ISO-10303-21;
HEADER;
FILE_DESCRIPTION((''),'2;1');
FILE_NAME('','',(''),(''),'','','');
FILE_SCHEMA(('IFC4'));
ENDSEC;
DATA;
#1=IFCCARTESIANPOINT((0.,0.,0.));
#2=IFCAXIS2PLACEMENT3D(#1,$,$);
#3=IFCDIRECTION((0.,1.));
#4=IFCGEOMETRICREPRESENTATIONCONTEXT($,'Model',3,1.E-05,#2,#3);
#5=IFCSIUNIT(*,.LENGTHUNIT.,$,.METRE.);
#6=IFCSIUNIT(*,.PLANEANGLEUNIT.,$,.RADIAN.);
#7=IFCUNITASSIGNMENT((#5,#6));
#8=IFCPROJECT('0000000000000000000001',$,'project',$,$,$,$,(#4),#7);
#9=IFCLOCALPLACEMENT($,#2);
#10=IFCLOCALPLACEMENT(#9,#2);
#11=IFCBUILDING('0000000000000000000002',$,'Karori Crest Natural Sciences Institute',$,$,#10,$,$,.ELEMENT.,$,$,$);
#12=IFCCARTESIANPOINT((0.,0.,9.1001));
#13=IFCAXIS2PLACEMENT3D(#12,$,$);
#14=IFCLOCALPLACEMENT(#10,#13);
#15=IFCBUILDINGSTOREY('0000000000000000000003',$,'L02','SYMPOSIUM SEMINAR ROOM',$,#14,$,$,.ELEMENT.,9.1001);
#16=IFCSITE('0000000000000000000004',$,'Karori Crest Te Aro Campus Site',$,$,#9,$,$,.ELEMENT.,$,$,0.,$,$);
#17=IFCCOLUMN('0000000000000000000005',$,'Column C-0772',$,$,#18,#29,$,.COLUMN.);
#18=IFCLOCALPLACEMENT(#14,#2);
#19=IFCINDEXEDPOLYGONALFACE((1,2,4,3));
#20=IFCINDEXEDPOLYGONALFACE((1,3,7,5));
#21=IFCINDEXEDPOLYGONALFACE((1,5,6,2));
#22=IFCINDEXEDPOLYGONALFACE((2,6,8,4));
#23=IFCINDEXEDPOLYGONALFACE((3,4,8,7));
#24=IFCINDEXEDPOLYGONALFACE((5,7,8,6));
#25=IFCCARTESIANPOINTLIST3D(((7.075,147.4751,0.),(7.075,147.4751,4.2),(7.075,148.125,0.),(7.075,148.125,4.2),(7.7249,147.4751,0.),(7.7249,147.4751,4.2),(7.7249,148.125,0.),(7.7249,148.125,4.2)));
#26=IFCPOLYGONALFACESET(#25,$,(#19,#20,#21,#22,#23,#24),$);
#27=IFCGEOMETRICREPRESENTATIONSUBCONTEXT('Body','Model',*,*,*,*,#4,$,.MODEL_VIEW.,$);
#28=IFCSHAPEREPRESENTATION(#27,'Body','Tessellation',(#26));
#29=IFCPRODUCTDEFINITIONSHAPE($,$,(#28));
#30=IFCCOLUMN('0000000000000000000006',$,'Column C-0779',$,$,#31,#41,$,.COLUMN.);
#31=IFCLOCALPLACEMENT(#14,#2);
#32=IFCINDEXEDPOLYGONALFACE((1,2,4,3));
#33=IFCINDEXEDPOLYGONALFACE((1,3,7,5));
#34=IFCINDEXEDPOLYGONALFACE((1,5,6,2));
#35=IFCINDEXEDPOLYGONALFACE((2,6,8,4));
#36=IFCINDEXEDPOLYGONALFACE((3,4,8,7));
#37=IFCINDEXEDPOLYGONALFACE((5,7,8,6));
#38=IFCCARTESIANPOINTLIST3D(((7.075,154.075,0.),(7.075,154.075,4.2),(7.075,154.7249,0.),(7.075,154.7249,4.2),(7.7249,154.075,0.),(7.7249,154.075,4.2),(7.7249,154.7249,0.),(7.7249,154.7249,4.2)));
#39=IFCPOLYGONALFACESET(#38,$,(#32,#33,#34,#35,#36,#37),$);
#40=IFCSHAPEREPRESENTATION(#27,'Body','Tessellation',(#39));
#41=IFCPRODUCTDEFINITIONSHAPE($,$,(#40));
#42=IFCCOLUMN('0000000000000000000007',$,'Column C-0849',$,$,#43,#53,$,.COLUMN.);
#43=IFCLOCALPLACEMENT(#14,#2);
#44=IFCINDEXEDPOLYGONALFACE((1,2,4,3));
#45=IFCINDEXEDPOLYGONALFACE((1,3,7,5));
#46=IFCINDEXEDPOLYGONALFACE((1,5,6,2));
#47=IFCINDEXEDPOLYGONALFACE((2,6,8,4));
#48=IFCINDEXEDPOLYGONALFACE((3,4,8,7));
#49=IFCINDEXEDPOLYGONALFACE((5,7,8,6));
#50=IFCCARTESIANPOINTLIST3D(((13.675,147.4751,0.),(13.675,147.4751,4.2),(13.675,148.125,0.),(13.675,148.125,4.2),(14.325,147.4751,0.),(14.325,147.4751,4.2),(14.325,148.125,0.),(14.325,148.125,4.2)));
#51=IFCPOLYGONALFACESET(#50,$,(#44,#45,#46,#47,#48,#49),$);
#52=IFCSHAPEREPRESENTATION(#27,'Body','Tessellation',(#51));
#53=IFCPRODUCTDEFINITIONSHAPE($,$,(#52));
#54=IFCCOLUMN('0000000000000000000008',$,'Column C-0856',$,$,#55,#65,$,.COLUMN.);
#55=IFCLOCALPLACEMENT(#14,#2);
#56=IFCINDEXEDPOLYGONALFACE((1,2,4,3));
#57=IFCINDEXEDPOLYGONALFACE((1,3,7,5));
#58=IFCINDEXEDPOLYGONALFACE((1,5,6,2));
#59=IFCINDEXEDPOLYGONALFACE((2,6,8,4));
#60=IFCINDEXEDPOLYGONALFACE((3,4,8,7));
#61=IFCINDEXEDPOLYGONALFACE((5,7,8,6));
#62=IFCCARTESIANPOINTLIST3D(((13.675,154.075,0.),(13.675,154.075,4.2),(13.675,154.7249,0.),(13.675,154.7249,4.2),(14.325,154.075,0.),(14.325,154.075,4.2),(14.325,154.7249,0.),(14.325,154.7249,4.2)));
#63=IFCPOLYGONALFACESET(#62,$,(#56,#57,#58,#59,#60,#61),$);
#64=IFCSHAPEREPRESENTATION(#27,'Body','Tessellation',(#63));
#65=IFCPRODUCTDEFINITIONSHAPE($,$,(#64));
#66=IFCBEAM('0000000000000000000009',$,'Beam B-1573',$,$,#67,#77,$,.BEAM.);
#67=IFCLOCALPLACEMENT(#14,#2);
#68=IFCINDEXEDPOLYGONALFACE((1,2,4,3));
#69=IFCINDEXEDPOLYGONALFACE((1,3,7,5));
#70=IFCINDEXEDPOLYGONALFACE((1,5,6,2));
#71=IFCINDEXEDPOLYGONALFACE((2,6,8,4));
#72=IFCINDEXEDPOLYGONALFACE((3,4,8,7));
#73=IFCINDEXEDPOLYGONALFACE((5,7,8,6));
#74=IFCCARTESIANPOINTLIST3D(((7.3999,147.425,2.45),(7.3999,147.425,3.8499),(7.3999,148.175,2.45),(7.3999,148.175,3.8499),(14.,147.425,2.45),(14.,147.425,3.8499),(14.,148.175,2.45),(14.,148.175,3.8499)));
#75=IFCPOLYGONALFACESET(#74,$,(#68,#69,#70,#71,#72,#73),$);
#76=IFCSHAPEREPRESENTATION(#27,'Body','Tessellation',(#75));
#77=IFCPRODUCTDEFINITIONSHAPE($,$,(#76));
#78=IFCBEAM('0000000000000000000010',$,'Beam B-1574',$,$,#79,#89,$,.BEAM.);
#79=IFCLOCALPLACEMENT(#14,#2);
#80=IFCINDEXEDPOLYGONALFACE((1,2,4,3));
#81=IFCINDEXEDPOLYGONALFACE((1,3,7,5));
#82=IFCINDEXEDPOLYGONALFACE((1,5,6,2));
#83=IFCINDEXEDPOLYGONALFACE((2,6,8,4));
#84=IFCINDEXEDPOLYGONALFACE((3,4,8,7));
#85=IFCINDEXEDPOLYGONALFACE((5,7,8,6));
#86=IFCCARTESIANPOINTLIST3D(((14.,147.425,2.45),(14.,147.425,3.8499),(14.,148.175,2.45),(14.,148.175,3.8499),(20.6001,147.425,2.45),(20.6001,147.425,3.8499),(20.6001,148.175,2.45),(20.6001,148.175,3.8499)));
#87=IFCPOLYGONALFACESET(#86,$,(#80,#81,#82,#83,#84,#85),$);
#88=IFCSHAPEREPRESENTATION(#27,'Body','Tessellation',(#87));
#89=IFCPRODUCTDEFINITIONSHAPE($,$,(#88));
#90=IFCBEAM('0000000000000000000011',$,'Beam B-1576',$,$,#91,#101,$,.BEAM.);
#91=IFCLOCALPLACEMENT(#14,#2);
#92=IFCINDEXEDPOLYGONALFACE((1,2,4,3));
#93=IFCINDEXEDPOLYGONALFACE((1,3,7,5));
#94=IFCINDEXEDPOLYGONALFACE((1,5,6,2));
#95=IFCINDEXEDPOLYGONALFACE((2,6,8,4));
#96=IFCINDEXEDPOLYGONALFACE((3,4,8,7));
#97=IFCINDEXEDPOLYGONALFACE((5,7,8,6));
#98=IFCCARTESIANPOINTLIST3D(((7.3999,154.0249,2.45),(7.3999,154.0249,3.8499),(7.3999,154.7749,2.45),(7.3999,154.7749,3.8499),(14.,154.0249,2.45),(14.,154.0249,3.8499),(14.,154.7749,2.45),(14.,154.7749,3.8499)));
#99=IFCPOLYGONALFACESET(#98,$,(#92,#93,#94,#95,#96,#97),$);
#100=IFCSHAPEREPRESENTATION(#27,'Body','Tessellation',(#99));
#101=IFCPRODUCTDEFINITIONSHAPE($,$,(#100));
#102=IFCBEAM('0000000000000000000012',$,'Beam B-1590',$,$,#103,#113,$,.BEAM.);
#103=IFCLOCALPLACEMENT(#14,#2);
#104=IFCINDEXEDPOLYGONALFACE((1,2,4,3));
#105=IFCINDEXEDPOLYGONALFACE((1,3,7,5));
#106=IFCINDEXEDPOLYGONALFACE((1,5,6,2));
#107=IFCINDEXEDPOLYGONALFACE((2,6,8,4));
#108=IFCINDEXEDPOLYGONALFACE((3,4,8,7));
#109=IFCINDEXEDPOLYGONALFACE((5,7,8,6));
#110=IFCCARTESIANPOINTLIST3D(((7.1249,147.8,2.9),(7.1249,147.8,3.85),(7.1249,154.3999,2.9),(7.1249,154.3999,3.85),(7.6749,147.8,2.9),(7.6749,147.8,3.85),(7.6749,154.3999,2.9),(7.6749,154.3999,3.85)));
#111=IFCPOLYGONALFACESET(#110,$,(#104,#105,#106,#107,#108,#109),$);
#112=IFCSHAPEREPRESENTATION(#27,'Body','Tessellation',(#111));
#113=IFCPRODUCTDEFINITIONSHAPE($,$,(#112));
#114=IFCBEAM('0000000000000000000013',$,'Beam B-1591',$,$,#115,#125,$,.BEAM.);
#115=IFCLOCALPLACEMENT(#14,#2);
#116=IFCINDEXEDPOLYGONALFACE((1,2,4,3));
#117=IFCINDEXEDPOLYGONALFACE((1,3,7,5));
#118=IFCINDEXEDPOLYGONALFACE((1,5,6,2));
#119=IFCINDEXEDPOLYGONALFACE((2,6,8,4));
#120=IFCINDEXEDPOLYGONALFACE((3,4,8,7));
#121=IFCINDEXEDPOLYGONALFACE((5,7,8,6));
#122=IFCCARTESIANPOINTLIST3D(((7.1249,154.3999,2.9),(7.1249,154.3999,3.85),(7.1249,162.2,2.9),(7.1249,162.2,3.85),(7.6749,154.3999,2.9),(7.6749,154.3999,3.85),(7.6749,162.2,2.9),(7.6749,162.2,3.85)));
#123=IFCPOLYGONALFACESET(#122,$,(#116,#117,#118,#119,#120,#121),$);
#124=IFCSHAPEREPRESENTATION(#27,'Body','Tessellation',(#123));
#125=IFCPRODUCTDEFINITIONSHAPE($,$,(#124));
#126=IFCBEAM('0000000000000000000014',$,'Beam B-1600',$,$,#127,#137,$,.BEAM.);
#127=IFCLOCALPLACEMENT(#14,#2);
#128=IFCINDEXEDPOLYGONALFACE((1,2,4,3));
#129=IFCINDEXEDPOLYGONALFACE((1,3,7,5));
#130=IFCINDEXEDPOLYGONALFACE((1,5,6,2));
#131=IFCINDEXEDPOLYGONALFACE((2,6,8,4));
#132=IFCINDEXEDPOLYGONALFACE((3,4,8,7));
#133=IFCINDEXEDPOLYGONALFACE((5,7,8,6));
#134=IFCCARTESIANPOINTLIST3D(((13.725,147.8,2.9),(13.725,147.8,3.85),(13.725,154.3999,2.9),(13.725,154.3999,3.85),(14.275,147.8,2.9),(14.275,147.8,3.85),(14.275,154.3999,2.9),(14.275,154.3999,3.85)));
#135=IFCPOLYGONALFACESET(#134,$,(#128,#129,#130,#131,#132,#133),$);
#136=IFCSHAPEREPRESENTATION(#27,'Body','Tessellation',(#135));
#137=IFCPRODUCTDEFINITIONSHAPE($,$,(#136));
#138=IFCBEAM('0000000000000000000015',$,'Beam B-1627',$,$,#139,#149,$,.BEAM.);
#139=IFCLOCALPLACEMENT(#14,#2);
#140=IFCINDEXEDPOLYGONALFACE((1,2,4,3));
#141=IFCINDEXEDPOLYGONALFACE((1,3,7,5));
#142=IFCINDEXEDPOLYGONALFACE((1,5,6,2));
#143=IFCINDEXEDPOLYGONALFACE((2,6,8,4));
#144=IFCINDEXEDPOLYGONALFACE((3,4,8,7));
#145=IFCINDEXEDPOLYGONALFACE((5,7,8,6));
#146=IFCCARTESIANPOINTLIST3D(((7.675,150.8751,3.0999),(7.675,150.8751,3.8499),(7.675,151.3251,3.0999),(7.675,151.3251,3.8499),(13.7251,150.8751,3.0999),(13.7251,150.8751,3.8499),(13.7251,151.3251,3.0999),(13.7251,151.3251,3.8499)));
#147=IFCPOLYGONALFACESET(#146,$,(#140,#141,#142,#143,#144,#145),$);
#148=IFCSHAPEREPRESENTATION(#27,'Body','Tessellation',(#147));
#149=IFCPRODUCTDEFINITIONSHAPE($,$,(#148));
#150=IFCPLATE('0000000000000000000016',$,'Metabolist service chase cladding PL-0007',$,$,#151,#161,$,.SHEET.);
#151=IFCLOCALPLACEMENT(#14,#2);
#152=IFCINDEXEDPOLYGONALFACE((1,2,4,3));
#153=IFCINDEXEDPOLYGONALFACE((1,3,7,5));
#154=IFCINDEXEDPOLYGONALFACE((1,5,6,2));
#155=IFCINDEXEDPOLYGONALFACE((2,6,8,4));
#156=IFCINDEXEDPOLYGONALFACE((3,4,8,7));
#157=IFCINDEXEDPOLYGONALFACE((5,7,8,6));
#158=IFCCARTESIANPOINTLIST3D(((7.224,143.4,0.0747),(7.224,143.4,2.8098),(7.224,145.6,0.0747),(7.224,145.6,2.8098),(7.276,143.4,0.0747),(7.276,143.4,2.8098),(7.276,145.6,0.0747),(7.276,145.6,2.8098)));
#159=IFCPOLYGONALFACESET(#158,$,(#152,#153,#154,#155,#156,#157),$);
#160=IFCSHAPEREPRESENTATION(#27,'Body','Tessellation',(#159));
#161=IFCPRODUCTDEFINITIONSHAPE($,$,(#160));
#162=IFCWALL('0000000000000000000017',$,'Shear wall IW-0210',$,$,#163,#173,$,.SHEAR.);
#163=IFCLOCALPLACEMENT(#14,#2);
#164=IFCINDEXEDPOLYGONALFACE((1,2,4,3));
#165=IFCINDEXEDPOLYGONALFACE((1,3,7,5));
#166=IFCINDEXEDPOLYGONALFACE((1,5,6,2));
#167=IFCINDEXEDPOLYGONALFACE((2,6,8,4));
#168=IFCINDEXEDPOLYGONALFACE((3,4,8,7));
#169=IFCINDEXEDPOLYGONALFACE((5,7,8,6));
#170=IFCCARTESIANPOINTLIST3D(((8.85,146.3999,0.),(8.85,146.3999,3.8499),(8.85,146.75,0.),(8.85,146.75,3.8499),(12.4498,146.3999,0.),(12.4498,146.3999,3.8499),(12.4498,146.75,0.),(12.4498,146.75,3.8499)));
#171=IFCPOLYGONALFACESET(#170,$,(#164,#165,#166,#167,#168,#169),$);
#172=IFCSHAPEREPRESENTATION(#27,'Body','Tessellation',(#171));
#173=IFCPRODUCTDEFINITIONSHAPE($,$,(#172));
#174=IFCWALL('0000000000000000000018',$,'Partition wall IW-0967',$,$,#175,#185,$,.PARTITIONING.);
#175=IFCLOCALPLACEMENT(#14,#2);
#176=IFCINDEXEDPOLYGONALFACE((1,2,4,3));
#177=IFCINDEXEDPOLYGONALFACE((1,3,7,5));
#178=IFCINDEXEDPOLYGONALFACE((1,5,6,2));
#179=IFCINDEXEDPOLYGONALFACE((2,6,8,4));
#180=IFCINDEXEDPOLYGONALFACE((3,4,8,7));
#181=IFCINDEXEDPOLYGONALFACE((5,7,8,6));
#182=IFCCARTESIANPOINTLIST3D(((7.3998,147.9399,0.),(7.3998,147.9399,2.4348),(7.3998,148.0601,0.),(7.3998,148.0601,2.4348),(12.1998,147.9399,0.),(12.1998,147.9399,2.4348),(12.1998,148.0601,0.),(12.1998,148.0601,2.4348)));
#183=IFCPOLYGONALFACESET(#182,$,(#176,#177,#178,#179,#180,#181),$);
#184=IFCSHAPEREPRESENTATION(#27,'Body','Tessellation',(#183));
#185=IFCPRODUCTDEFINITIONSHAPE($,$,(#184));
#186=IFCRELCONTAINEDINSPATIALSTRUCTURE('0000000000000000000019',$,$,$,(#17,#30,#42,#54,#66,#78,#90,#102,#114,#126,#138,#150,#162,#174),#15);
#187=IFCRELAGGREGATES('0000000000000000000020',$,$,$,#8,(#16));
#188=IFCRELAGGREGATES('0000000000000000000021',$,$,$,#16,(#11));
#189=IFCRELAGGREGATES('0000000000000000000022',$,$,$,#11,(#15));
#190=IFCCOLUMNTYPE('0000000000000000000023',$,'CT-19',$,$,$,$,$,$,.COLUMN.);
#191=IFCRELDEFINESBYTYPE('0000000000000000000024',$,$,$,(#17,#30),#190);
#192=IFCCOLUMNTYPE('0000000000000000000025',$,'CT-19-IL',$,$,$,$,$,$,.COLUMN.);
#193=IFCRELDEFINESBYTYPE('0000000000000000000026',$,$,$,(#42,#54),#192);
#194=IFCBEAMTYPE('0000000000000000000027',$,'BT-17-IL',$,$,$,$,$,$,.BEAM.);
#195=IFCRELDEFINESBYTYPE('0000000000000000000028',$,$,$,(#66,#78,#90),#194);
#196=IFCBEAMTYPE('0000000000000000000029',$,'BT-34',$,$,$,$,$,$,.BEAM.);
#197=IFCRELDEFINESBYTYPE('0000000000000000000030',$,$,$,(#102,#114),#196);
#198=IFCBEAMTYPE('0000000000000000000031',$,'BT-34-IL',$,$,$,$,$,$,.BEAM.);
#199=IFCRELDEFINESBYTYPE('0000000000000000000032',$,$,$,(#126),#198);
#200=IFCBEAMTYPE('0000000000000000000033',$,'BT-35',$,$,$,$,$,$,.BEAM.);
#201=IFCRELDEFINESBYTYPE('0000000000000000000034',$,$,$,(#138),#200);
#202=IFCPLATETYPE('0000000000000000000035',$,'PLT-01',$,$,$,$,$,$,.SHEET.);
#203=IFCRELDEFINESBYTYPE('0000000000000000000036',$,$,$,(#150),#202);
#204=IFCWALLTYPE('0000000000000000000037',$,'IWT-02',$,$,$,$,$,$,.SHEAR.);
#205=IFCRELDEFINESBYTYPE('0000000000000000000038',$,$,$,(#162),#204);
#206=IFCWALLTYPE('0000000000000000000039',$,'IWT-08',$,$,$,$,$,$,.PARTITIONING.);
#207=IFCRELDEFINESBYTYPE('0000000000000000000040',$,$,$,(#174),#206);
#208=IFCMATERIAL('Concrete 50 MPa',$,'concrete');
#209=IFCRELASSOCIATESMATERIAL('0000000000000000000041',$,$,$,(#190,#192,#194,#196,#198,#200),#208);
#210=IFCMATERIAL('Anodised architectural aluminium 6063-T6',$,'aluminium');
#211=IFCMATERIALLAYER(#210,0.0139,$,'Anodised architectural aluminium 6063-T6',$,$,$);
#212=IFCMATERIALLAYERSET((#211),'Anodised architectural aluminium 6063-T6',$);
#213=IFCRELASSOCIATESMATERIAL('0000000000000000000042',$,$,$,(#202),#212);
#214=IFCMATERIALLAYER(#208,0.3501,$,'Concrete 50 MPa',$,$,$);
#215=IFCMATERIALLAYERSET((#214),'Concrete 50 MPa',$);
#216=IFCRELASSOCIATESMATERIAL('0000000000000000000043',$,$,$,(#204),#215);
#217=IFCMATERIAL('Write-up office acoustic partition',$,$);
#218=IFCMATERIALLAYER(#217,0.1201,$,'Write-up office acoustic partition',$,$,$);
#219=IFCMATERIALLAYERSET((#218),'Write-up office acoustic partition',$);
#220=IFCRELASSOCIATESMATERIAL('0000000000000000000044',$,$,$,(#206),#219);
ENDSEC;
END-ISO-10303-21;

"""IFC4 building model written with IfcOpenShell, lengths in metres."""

from ifc_helpers import new_model, si_unit, direction, frame, frame_2d, origin, origin_2d, place, context, subcontext, project, spatial, rectangle, extrude, material, layer, layer_set, material_profile, profile_set, type_object, element, save


model = new_model("IFC4")

# Units and contexts
model_context = context("Model", 3, precision=1e-05, world=origin(), true_north=direction((0.0, 1.0)))
body_context = subcontext(model_context, "Body", "Model", "MODEL_VIEW")
ifc_project = project(units=[si_unit("LENGTHUNIT", "METRE"), si_unit("PLANEANGLEUNIT", "RADIAN")], contexts=[model_context])

# Site, building, storey
site_placement = place(None, origin())
site = spatial("IfcSite", under=ifc_project, at=site_placement, Name="Karori Crest Te Aro Campus Site", CompositionType="ELEMENT", RefElevation=0.0)
building_placement = place(site_placement, origin())
building = spatial("IfcBuilding", under=site, at=building_placement, Name="Karori Crest Natural Sciences Institute", CompositionType="ELEMENT")
storey_placement = place(building_placement, frame((0.0, 0.0, 9.1001)))
storey = spatial("IfcBuildingStorey", under=building, at=storey_placement, Name="L02", Description="SYMPOSIUM SEMINAR ROOM", CompositionType="ELEMENT", Elevation=9.1001)

# Columns
ifc_material_1 = material(Name="Concrete 50 MPa", Category="concrete")
ifc_material_profile_1 = material_profile(ifc_material_1, rectangle(XDim=0.6499, YDim=0.6499, at=origin_2d()), Name="RC650x650")
ifc_profile_set_1 = profile_set([ifc_material_profile_1], Name="Concrete 50 MPa")
column_type_1 = type_object("IfcColumnType", Name="CT-19", PredefinedType="COLUMN", material=ifc_profile_set_1)
for number, where, z_axis, x_axis, name in (
    (1, (7.3999, 147.8, 0.0), (0.0, 0.0, 1.0), (1.0, 0.0, 0.0), "Column C-0772"),
    (2, (7.3999, 154.3999, 0.0), (0.0, 0.0, 1.0), (1.0, 0.0, 0.0), "Column C-0779"),
):
    element("IfcColumn", number, at=place(storey_placement, frame(where, z_axis=z_axis, x_axis=x_axis)), inside=storey, type_object=column_type_1, Name=name, PredefinedType="COLUMN", context=body_context, shape_type="SweptSolid", body=[
        extrude(rectangle(XDim=0.6499, YDim=0.6499, at=origin_2d()), origin(), (0.0, 0.0, 1.0), 4.2),
    ])
ifc_material_profile_2 = material_profile(ifc_material_1, rectangle(XDim=0.6499, YDim=0.6499, at=origin_2d()), Name="RC650x650")
ifc_profile_set_2 = profile_set([ifc_material_profile_2], Name="Concrete 50 MPa")
column_type_2 = type_object("IfcColumnType", Name="CT-19-IL", PredefinedType="COLUMN", material=ifc_profile_set_2)
for number, where, z_axis, x_axis, name in (
    (3, (14.0, 147.8, 0.0), (0.0, 0.0, 1.0), (1.0, 0.0, 0.0), "Column C-0849"),
    (4, (14.0, 154.3999, 0.0), (0.0, 0.0, 1.0), (1.0, 0.0, 0.0), "Column C-0856"),
):
    element("IfcColumn", number, at=place(storey_placement, frame(where, z_axis=z_axis, x_axis=x_axis)), inside=storey, type_object=column_type_2, Name=name, PredefinedType="COLUMN", context=body_context, shape_type="SweptSolid", body=[
        extrude(rectangle(XDim=0.6499, YDim=0.6499, at=origin_2d()), origin(), (0.0, 0.0, 1.0), 4.2),
    ])

# Beams
ifc_material_profile_3 = material_profile(ifc_material_1, rectangle(XDim=0.75, YDim=1.3999, at=origin_2d()), Name="RCB750x1400")
ifc_profile_set_3 = profile_set([ifc_material_profile_3], Name="Concrete 50 MPa")
beam_type_1 = type_object("IfcBeamType", Name="BT-17-IL", PredefinedType="BEAM", material=ifc_profile_set_3)
for number, where, z_axis, x_axis, name in (
    (5, (7.3999, 147.8, 3.1499), (1.0, 0.0, 0.0), (0.0, 1.0, 0.0), "Beam B-1573"),
    (6, (14.0, 147.8, 3.1499), (1.0, 0.0, 0.0), (0.0, 1.0, 0.0), "Beam B-1574"),
    (7, (7.3999, 154.3999, 3.1499), (1.0, 0.0, 0.0), (0.0, 1.0, 0.0), "Beam B-1576"),
):
    element("IfcBeam", number, at=place(storey_placement, frame(where, z_axis=z_axis, x_axis=x_axis)), inside=storey, type_object=beam_type_1, Name=name, PredefinedType="BEAM", context=body_context, shape_type="SweptSolid", body=[
        extrude(rectangle(XDim=0.75, YDim=1.3999, at=origin_2d()), origin(), (0.0, 0.0, 1.0), 6.6001),
    ])
ifc_material_profile_4 = material_profile(ifc_material_1, rectangle(XDim=0.55, YDim=0.95, at=origin_2d()), Name="RCB550x950")
ifc_profile_set_4 = profile_set([ifc_material_profile_4], Name="Concrete 50 MPa")
beam_type_2 = type_object("IfcBeamType", Name="BT-34", PredefinedType="BEAM", material=ifc_profile_set_4)
beam_1_placement = place(storey_placement, frame((7.3999, 147.8, 3.375), z_axis=(0.0, 1.0, 0.0), x_axis=(-1.0, 0.0, 0.0)))
element("IfcBeam", 8, at=beam_1_placement, inside=storey, type_object=beam_type_2, Name="Beam B-1590", PredefinedType="BEAM", context=body_context, shape_type="SweptSolid", body=[
    extrude(rectangle(XDim=0.55, YDim=0.95, at=origin_2d()), origin(), (0.0, 0.0, 1.0), 6.5999),
])
beam_2_placement = place(storey_placement, frame((7.3999, 154.3999, 3.375), z_axis=(0.0, 1.0, 0.0), x_axis=(-1.0, 0.0, 0.0)))
element("IfcBeam", 9, at=beam_2_placement, inside=storey, type_object=beam_type_2, Name="Beam B-1591", PredefinedType="BEAM", context=body_context, shape_type="SweptSolid", body=[
    extrude(rectangle(XDim=0.55, YDim=0.95, at=origin_2d()), origin(), (0.0, 0.0, 1.0), 7.8),
])
ifc_material_profile_5 = material_profile(ifc_material_1, rectangle(XDim=0.55, YDim=0.95, at=origin_2d()), Name="RCB550x950")
ifc_profile_set_5 = profile_set([ifc_material_profile_5], Name="Concrete 50 MPa")
beam_type_3 = type_object("IfcBeamType", Name="BT-34-IL", PredefinedType="BEAM", material=ifc_profile_set_5)
beam_3_placement = place(storey_placement, frame((14.0, 147.8, 3.375), z_axis=(0.0, 1.0, 0.0), x_axis=(-1.0, 0.0, 0.0)))
element("IfcBeam", 10, at=beam_3_placement, inside=storey, type_object=beam_type_3, Name="Beam B-1600", PredefinedType="BEAM", context=body_context, shape_type="SweptSolid", body=[
    extrude(rectangle(XDim=0.55, YDim=0.95, at=origin_2d()), origin(), (0.0, 0.0, 1.0), 6.5999),
])
ifc_material_profile_6 = material_profile(ifc_material_1, rectangle(XDim=0.45, YDim=0.75, at=origin_2d()), Name="RCB450x750")
ifc_profile_set_6 = profile_set([ifc_material_profile_6], Name="Concrete 50 MPa")
beam_type_4 = type_object("IfcBeamType", Name="BT-35", PredefinedType="BEAM", material=ifc_profile_set_6)
beam_4_placement = place(storey_placement, frame((7.675, 151.1001, 3.4749), z_axis=(1.0, 0.0, 0.0), x_axis=(0.0, 1.0, 0.0)))
element("IfcBeam", 11, at=beam_4_placement, inside=storey, type_object=beam_type_4, Name="Beam B-1627", PredefinedType="BEAM", context=body_context, shape_type="SweptSolid", body=[
    extrude(rectangle(XDim=0.45, YDim=0.75, at=origin_2d()), origin(), (0.0, 0.0, 1.0), 6.05),
])

# Plate
ifc_material_2 = material(Name="Anodised architectural aluminium 6063-T6", Category="aluminium")
ifc_layer_1 = layer(ifc_material_2, 0.0139, Name="Anodised architectural aluminium 6063-T6")
ifc_layer_set_1 = layer_set([ifc_layer_1], Name="Anodised architectural aluminium 6063-T6")
plate_type = type_object("IfcPlateType", Name="PLT-01", PredefinedType="SHEET", material=ifc_layer_set_1)
plate_placement = place(storey_placement, frame((7.25, 144.5, 0.0747), z_axis=(0.0, 0.0, 1.0), x_axis=(1.0, 0.0, 0.0)))
element("IfcPlate", 12, at=plate_placement, inside=storey, type_object=plate_type, Name="Metabolist service chase cladding PL-0007", PredefinedType="SHEET", context=body_context, shape_type="SweptSolid", body=[
    extrude(rectangle(XDim=0.052, YDim=2.2, at=origin_2d()), origin(), (0.0, 0.0, 1.0), 2.7351),
])

# Walls
ifc_layer_2 = layer(ifc_material_1, 0.3501, Name="Concrete 50 MPa")
ifc_layer_set_2 = layer_set([ifc_layer_2], Name="Concrete 50 MPa")
wall_type_1 = type_object("IfcWallType", Name="IWT-02", PredefinedType="SHEAR", material=ifc_layer_set_2)
wall_1_placement = place(storey_placement, frame((8.8501, 146.575, 0.0), z_axis=(0.0, 0.0, 1.0), x_axis=(1.0, 0.0, 0.0)))
element("IfcWall", 13, at=wall_1_placement, inside=storey, type_object=wall_type_1, Name="Shear wall IW-0210", PredefinedType="SHEAR", context=body_context, shape_type="SweptSolid", body=[
    extrude(rectangle(XDim=3.5999, YDim=0.3501, at=frame_2d((1.7998, 0.0))), origin(), (0.0, 0.0, 1.0), 3.8499),
])
ifc_material_3 = material(Name="Write-up office acoustic partition")
ifc_layer_3 = layer(ifc_material_3, 0.1201, Name="Write-up office acoustic partition")
ifc_layer_set_3 = layer_set([ifc_layer_3], Name="Write-up office acoustic partition")
wall_type_2 = type_object("IfcWallType", Name="IWT-08", PredefinedType="PARTITIONING", material=ifc_layer_set_3)
wall_2_placement = place(storey_placement, frame((7.3999, 148.0, 0.0), z_axis=(0.0, 0.0, 1.0), x_axis=(1.0, 0.0, 0.0)))
element("IfcWall", 14, at=wall_2_placement, inside=storey, type_object=wall_type_2, Name="Partition wall IW-0967", PredefinedType="PARTITIONING", context=body_context, shape_type="SweptSolid", body=[
    extrude(rectangle(XDim=4.8, YDim=0.1201, at=frame_2d((2.3999, 0.0))), origin(), (0.0, 0.0, 1.0), 2.4348),
])

save(model, "model.ifc")
